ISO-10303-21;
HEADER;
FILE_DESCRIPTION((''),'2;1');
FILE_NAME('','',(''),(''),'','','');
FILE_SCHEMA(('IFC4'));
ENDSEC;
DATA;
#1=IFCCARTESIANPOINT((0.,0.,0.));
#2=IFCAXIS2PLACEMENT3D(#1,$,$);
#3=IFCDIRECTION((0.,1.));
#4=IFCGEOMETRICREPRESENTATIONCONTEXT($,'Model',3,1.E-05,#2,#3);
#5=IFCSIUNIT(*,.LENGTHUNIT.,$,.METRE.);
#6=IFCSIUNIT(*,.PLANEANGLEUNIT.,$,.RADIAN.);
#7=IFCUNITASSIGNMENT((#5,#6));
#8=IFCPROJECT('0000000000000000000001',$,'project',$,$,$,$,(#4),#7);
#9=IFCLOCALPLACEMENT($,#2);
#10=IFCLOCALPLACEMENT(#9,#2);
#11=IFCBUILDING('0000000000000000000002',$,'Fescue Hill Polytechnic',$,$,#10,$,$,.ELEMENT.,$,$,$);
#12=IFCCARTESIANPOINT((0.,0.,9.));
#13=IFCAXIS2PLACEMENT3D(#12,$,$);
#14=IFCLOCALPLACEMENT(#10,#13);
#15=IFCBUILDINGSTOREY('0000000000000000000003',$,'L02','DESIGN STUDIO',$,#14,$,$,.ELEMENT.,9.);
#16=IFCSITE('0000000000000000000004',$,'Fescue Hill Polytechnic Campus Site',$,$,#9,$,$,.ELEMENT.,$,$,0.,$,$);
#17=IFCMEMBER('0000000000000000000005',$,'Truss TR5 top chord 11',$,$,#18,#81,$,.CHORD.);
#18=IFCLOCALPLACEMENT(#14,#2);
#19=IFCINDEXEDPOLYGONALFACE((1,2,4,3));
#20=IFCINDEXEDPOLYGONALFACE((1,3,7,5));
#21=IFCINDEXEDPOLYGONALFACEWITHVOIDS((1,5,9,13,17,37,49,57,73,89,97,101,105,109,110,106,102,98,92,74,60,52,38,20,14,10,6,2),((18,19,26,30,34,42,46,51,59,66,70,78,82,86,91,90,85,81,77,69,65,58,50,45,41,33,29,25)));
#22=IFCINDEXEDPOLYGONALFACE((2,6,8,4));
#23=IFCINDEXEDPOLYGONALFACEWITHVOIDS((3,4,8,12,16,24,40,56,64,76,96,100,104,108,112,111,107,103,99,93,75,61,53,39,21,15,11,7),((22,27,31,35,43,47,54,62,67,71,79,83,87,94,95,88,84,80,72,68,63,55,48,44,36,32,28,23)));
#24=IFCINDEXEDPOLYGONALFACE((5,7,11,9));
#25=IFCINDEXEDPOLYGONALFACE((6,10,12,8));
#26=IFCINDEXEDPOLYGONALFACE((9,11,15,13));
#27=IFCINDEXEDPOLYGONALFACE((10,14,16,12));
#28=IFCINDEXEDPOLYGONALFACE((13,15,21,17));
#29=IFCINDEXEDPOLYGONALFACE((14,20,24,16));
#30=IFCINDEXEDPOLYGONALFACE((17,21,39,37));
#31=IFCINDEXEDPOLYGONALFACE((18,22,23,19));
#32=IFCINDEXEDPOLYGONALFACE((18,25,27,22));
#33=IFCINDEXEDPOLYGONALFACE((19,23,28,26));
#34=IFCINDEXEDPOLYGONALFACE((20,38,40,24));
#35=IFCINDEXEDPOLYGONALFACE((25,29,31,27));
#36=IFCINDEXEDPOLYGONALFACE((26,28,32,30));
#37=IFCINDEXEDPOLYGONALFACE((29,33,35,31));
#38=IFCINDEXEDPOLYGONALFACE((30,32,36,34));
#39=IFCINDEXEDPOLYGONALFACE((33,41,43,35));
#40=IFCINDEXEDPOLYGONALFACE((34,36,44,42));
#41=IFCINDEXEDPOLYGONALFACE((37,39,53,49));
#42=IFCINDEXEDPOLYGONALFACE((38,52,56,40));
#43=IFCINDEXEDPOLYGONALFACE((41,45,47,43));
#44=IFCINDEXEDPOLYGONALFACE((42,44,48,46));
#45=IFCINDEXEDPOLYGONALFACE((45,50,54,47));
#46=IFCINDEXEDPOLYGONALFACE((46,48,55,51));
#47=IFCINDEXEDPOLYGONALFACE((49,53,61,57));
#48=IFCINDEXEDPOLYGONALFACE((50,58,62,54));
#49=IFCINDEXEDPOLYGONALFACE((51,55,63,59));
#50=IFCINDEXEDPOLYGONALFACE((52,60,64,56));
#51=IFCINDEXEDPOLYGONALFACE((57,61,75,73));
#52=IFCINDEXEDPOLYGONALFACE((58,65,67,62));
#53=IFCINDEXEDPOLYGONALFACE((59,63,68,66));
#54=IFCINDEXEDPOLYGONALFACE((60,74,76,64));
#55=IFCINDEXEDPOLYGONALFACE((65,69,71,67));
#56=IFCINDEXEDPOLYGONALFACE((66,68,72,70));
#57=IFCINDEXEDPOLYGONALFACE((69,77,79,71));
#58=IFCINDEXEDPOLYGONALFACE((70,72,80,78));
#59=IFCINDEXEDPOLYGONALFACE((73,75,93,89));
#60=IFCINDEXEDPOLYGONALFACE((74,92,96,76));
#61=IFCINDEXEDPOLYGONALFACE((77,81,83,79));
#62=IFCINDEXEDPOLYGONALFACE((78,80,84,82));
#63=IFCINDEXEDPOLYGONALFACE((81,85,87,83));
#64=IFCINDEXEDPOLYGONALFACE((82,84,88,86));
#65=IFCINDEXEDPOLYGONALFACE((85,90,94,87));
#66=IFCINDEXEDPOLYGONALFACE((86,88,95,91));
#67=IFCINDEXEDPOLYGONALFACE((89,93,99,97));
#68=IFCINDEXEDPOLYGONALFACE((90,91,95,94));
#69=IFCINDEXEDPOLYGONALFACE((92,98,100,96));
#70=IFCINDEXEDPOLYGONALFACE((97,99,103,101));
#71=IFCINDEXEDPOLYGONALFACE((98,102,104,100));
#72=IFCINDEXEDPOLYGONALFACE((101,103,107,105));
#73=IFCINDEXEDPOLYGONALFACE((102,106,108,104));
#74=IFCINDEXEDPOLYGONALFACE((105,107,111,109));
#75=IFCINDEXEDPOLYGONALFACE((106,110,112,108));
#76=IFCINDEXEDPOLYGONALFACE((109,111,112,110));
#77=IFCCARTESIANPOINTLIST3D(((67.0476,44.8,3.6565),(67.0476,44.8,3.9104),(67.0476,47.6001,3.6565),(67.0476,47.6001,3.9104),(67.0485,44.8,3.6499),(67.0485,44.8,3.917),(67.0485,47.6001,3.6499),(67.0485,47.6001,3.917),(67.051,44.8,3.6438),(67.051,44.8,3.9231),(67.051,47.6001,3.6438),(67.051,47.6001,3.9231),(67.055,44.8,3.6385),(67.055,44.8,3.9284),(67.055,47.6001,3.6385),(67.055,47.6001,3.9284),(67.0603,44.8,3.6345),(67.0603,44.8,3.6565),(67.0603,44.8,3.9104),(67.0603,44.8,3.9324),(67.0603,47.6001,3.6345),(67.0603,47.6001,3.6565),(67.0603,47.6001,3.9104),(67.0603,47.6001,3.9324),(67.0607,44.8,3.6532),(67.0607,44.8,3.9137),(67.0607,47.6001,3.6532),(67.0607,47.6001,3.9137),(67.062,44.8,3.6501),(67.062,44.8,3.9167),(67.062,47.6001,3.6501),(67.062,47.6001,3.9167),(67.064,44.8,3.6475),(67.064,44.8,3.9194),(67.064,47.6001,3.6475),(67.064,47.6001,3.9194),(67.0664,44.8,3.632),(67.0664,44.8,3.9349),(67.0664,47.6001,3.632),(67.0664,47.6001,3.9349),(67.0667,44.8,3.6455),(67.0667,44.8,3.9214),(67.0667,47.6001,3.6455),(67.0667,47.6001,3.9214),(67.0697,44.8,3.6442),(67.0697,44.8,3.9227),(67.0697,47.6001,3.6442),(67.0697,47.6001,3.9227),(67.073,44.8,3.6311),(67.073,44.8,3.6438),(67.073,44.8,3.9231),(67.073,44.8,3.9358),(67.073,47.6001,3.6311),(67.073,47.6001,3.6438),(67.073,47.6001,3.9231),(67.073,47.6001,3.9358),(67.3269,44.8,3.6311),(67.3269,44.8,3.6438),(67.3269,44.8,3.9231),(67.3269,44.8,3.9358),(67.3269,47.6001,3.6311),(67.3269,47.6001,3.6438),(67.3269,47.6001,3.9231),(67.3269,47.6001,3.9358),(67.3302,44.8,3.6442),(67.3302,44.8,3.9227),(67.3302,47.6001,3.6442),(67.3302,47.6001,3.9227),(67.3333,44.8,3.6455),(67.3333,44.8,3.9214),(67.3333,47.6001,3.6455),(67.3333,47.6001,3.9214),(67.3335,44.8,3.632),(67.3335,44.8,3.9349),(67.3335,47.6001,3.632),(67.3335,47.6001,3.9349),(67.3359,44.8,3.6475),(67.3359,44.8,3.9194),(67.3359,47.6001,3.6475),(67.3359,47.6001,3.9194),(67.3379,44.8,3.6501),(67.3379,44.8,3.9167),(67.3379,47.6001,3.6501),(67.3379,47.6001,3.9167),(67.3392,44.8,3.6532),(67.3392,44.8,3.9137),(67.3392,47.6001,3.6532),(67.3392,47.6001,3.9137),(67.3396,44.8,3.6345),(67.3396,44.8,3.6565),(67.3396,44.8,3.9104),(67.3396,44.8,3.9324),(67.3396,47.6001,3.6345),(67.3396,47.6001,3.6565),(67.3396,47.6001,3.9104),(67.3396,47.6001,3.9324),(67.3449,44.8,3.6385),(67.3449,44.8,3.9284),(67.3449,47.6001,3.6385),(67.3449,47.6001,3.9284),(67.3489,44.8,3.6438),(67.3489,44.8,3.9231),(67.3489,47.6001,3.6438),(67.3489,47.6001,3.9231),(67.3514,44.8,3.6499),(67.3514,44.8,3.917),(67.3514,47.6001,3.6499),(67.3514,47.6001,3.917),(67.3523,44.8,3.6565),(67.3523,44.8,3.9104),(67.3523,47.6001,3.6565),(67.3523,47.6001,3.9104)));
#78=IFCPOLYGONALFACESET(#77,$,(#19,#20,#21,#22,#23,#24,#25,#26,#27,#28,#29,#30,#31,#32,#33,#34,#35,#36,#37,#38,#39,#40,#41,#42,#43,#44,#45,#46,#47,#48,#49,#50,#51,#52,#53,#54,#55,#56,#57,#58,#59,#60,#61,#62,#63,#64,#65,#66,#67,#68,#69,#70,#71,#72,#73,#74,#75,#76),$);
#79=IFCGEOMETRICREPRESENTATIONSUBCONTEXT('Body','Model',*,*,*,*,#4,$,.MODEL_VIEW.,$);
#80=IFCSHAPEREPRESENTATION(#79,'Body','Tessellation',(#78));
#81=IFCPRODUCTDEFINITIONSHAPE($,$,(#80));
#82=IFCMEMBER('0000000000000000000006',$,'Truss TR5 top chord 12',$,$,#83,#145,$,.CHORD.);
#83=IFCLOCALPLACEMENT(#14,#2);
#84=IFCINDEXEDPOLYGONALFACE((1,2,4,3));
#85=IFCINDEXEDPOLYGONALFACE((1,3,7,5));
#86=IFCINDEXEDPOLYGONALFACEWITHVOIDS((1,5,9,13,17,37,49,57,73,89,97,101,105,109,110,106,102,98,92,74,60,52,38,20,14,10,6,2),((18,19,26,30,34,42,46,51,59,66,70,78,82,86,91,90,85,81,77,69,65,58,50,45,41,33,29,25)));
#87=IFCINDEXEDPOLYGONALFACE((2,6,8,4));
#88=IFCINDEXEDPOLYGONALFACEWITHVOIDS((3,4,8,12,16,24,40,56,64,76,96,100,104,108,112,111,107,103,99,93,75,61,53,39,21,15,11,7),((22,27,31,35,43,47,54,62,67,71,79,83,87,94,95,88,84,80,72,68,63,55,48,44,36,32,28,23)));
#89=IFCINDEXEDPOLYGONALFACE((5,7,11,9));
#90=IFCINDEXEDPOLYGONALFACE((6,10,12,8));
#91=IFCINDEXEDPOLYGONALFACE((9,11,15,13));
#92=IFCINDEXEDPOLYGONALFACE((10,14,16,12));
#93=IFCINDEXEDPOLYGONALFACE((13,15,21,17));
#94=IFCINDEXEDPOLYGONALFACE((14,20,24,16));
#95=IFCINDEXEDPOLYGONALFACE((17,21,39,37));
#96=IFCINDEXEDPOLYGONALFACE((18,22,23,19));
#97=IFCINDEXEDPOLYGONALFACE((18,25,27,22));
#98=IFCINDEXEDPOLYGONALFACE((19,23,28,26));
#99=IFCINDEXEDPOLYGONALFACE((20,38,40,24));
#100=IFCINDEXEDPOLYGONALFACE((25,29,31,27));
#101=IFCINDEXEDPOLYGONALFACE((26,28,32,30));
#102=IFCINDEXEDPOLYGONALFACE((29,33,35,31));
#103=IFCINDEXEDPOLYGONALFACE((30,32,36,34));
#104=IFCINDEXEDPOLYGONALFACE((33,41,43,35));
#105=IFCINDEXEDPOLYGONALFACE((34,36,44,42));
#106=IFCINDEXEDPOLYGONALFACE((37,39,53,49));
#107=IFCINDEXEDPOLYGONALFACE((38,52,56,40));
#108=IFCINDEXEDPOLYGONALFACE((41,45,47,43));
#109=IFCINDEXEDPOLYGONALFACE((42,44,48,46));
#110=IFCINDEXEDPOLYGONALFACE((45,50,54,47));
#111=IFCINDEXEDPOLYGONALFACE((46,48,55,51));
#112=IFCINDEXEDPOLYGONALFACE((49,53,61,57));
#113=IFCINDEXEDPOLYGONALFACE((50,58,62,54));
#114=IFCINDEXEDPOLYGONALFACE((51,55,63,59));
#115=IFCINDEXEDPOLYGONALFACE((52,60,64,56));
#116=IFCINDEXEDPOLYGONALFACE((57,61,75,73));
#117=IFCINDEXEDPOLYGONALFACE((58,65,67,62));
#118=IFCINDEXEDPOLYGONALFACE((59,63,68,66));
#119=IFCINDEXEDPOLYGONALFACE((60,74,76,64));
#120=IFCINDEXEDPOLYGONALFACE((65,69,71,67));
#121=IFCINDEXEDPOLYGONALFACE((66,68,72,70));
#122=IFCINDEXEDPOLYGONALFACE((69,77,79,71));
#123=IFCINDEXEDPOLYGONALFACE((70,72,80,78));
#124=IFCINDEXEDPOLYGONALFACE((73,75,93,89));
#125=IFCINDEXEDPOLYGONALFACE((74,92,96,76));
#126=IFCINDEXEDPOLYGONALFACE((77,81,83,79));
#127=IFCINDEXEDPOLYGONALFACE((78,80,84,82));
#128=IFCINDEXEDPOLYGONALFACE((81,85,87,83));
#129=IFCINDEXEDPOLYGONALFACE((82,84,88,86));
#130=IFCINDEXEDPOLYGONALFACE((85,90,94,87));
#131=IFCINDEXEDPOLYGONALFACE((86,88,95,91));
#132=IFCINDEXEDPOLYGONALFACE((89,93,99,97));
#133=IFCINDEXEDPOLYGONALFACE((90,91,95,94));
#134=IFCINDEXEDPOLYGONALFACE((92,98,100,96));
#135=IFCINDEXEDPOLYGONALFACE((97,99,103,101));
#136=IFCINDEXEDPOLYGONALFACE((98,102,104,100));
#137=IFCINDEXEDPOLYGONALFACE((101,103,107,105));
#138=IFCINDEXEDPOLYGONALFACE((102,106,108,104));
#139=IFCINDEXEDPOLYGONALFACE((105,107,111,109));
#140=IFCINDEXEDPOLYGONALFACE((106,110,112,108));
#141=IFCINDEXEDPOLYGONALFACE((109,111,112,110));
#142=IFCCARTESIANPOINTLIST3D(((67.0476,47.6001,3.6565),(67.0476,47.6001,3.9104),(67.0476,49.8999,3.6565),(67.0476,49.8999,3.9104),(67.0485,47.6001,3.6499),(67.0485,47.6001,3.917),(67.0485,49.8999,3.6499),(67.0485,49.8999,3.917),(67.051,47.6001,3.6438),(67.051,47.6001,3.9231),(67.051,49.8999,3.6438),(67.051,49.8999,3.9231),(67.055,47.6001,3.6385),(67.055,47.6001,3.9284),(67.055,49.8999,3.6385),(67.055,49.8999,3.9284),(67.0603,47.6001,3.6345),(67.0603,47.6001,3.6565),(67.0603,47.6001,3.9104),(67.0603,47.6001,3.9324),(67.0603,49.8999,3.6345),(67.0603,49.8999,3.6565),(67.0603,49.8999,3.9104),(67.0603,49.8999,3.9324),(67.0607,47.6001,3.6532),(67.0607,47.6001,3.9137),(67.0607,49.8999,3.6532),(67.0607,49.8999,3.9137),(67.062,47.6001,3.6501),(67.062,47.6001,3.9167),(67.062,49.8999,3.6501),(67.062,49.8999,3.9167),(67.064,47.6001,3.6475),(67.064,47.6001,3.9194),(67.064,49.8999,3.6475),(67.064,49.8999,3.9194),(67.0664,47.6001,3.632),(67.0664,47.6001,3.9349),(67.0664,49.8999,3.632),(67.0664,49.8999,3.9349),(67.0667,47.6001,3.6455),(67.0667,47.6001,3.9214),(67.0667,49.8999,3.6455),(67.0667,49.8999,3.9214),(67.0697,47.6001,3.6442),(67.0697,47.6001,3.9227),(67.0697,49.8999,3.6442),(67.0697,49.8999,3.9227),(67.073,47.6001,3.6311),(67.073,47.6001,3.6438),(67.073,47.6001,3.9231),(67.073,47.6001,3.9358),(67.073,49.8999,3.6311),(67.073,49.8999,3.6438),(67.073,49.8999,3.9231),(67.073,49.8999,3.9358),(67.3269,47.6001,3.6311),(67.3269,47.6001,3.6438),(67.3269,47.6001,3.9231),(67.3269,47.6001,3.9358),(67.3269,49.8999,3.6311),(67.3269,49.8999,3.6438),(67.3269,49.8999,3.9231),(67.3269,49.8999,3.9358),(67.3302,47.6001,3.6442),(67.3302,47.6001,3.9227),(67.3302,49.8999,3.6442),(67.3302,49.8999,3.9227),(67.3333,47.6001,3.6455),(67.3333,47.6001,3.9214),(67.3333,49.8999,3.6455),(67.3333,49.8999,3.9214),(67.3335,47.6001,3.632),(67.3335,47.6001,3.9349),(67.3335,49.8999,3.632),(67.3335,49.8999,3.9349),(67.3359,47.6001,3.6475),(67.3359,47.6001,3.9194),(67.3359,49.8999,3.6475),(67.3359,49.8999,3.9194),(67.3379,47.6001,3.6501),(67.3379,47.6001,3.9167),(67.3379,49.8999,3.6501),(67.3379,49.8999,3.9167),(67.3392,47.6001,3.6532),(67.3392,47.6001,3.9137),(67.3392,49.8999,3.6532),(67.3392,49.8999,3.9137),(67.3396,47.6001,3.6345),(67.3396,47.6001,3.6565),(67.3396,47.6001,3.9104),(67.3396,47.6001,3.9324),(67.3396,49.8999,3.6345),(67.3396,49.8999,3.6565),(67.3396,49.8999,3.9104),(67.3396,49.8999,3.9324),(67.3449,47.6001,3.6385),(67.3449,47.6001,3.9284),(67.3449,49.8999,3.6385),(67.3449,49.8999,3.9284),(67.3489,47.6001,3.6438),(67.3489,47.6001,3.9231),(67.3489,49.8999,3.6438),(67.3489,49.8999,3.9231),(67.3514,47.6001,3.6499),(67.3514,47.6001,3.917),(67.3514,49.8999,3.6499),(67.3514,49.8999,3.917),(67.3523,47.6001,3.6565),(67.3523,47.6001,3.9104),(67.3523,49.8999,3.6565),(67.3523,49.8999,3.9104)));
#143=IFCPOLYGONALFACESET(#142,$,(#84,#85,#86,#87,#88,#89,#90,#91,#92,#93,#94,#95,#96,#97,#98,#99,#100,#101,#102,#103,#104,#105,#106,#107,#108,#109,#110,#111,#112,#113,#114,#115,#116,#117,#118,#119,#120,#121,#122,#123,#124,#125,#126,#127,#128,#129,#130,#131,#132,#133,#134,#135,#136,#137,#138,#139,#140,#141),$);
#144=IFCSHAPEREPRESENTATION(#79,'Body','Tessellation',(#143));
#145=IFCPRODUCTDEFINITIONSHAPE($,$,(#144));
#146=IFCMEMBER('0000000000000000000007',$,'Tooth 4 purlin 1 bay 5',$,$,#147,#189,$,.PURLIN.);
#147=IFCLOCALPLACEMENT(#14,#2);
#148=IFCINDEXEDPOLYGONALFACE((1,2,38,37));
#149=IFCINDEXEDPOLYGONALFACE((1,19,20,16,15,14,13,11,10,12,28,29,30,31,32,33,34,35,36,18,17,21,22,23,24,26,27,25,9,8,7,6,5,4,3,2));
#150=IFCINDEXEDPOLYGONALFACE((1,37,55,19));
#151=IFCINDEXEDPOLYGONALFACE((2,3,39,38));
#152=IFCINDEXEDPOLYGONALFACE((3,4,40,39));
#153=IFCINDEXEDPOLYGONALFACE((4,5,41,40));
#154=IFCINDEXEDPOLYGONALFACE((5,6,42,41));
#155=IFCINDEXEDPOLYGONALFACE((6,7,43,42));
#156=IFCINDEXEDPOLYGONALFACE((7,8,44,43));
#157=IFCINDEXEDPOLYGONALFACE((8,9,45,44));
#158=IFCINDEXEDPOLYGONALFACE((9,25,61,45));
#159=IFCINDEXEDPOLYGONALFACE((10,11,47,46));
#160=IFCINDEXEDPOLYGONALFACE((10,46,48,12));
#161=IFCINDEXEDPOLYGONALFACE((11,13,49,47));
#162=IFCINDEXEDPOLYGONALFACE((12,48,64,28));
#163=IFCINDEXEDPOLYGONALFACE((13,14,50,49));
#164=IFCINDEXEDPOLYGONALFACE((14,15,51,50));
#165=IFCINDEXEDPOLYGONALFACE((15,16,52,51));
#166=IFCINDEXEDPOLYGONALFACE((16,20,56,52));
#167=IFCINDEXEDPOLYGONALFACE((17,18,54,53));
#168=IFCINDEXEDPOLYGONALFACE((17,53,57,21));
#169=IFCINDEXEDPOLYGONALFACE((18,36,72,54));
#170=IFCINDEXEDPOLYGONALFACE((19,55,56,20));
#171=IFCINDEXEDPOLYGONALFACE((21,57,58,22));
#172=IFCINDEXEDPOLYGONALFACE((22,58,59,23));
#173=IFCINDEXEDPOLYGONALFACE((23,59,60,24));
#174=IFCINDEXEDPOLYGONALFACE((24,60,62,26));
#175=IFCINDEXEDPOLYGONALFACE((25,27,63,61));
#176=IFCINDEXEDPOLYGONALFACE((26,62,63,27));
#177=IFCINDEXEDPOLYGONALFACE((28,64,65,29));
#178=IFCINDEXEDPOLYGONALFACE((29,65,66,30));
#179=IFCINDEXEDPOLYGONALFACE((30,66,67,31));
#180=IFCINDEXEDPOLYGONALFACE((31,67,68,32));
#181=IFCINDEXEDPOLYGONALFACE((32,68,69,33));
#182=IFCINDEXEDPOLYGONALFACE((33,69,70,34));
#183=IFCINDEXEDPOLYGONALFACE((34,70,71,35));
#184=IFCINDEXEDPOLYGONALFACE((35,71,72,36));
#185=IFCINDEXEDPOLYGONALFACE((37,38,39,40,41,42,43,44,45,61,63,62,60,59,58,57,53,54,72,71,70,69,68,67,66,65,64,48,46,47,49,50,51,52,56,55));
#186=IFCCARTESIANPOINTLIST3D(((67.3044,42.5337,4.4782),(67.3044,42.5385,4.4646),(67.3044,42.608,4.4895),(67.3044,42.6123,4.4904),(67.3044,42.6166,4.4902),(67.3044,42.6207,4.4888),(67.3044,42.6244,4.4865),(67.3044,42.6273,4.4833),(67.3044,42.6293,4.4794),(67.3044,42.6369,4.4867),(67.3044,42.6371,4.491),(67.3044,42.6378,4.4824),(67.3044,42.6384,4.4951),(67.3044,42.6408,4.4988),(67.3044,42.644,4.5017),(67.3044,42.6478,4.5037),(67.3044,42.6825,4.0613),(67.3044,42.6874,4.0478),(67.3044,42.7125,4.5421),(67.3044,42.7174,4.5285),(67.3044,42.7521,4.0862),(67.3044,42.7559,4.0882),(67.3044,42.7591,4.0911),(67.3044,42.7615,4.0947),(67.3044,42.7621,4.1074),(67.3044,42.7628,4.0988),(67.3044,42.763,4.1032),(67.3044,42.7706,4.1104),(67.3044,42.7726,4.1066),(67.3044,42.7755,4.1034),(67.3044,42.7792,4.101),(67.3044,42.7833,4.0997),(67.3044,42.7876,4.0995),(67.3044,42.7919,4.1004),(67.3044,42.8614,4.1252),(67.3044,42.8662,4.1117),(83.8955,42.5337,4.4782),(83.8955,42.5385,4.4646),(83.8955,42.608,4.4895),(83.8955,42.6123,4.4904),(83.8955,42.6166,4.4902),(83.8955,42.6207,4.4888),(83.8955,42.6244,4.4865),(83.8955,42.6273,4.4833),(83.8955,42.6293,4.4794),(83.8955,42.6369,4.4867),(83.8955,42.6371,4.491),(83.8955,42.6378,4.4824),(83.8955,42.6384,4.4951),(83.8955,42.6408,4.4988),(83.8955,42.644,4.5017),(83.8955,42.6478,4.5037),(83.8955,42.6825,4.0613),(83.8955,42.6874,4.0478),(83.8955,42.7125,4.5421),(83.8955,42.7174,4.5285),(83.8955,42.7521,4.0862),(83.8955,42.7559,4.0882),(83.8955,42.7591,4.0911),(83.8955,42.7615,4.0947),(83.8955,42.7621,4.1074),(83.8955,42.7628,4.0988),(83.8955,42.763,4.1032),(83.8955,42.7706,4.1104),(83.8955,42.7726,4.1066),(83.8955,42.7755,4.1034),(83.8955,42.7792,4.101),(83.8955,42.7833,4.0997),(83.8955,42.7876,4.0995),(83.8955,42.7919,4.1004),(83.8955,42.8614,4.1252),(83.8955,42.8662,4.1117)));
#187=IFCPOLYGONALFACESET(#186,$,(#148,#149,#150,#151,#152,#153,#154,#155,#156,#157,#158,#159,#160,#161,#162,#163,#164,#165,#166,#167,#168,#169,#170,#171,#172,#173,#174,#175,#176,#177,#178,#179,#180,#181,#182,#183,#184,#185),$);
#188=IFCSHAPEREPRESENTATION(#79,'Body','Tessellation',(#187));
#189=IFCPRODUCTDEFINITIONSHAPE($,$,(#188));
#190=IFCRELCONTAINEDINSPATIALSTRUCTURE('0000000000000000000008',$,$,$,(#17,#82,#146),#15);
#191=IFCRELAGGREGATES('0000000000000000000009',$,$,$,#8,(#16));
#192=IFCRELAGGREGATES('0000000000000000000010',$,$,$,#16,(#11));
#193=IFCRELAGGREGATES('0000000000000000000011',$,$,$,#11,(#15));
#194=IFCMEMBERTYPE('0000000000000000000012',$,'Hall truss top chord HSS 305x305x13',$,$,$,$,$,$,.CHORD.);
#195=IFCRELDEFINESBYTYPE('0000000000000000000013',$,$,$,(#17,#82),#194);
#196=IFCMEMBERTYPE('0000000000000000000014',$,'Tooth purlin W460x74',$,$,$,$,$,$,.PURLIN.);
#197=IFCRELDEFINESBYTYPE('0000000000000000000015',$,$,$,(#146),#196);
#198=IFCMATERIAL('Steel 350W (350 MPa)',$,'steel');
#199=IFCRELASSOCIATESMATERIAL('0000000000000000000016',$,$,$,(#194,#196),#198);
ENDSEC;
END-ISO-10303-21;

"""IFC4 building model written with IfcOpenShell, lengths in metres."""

from ifc_helpers import new_model, si_unit, direction, frame, origin, origin_2d, place, context, subcontext, project, spatial, hollow_rectangle, i_section, extrude, material, material_profile, profile_set, type_object, element, save


model = new_model("IFC4")

# Units and contexts
model_context = context("Model", 3, precision=1e-05, world=origin(), true_north=direction((0.0, 1.0)))
body_context = subcontext(model_context, "Body", "Model", "MODEL_VIEW")
ifc_project = project(units=[si_unit("LENGTHUNIT", "METRE"), si_unit("PLANEANGLEUNIT", "RADIAN")], contexts=[model_context])

# Site, building, storey
site_placement = place(None, origin())
site = spatial("IfcSite", under=ifc_project, at=site_placement, Name="Fescue Hill Polytechnic Campus Site", CompositionType="ELEMENT", RefElevation=0.0)
building_placement = place(site_placement, origin())
building = spatial("IfcBuilding", under=site, at=building_placement, Name="Fescue Hill Polytechnic", CompositionType="ELEMENT")
storey_placement = place(building_placement, frame((0.0, 0.0, 9.0)))
storey = spatial("IfcBuildingStorey", under=building, at=storey_placement, Name="L02", Description="DESIGN STUDIO", CompositionType="ELEMENT", Elevation=9.0)

# Members
ifc_material_1 = material(Name="Steel 350W (350 MPa)", Category="steel")
ifc_material_profile_1 = material_profile(ifc_material_1, hollow_rectangle(XDim=0.3047, YDim=0.3047, WallThickness=0.0127, InnerFilletRadius=0.0127, OuterFilletRadius=0.0254, at=origin_2d()), Name="Hall truss top chord HSS 305x305x13")
ifc_profile_set_1 = profile_set([ifc_material_profile_1], Name="Steel 350W (350 MPa)")
member_type_1 = type_object("IfcMemberType", Name="Hall truss top chord HSS 305x305x13", PredefinedType="CHORD", material=ifc_profile_set_1)
member_1_placement = place(storey_placement, frame((67.2, 44.8, 3.7834), z_axis=(0.0, 1.0, 0.0), x_axis=(-1.0, 0.0, 0.0)))
element("IfcMember", 1, at=member_1_placement, inside=storey, type_object=member_type_1, Name="Truss TR5 top chord 11", PredefinedType="CHORD", context=body_context, shape_type="SweptSolid", body=[
    extrude(hollow_rectangle(XDim=0.3047, YDim=0.3047, WallThickness=0.0127, InnerFilletRadius=0.0127, OuterFilletRadius=0.0254, at=origin_2d()), origin(), (0.0, 0.0, 1.0), 2.8),
])
member_2_placement = place(storey_placement, frame((67.2, 47.6001, 3.7834), z_axis=(0.0, 1.0, 0.0), x_axis=(-1.0, 0.0, 0.0)))
element("IfcMember", 2, at=member_2_placement, inside=storey, type_object=member_type_1, Name="Truss TR5 top chord 12", PredefinedType="CHORD", context=body_context, shape_type="SweptSolid", body=[
    extrude(hollow_rectangle(XDim=0.3047, YDim=0.3047, WallThickness=0.0127, InnerFilletRadius=0.0127, OuterFilletRadius=0.0254, at=origin_2d()), origin(), (0.0, 0.0, 1.0), 2.2998),
])
ifc_material_profile_2 = material_profile(ifc_material_1, i_section(OverallWidth=0.1899, OverallDepth=0.457, WebThickness=0.009, FlangeThickness=0.0144, FilletRadius=0.0166, at=origin_2d()), Name="W460x74")
ifc_profile_set_2 = profile_set([ifc_material_profile_2], Name="Steel 350W (350 MPa)")
member_type_2 = type_object("IfcMemberType", Name="Tooth purlin W460x74", PredefinedType="PURLIN", material=ifc_profile_set_2)
member_3_placement = place(storey_placement, frame((67.3044, 42.7, 4.2949), z_axis=(1.0, 0.0, 0.0), x_axis=(0.0, 0.941742, 0.336336)))
element("IfcMember", 3, at=member_3_placement, inside=storey, type_object=member_type_2, Name="Tooth 4 purlin 1 bay 5", PredefinedType="PURLIN", context=body_context, shape_type="SweptSolid", body=[
    extrude(i_section(OverallWidth=0.1899, OverallDepth=0.457, WebThickness=0.009, FlangeThickness=0.0144, FilletRadius=0.0166, at=origin_2d()), origin(), (0.0, 0.0, 1.0), 16.5911),
])

save(model, "model.ifc")
